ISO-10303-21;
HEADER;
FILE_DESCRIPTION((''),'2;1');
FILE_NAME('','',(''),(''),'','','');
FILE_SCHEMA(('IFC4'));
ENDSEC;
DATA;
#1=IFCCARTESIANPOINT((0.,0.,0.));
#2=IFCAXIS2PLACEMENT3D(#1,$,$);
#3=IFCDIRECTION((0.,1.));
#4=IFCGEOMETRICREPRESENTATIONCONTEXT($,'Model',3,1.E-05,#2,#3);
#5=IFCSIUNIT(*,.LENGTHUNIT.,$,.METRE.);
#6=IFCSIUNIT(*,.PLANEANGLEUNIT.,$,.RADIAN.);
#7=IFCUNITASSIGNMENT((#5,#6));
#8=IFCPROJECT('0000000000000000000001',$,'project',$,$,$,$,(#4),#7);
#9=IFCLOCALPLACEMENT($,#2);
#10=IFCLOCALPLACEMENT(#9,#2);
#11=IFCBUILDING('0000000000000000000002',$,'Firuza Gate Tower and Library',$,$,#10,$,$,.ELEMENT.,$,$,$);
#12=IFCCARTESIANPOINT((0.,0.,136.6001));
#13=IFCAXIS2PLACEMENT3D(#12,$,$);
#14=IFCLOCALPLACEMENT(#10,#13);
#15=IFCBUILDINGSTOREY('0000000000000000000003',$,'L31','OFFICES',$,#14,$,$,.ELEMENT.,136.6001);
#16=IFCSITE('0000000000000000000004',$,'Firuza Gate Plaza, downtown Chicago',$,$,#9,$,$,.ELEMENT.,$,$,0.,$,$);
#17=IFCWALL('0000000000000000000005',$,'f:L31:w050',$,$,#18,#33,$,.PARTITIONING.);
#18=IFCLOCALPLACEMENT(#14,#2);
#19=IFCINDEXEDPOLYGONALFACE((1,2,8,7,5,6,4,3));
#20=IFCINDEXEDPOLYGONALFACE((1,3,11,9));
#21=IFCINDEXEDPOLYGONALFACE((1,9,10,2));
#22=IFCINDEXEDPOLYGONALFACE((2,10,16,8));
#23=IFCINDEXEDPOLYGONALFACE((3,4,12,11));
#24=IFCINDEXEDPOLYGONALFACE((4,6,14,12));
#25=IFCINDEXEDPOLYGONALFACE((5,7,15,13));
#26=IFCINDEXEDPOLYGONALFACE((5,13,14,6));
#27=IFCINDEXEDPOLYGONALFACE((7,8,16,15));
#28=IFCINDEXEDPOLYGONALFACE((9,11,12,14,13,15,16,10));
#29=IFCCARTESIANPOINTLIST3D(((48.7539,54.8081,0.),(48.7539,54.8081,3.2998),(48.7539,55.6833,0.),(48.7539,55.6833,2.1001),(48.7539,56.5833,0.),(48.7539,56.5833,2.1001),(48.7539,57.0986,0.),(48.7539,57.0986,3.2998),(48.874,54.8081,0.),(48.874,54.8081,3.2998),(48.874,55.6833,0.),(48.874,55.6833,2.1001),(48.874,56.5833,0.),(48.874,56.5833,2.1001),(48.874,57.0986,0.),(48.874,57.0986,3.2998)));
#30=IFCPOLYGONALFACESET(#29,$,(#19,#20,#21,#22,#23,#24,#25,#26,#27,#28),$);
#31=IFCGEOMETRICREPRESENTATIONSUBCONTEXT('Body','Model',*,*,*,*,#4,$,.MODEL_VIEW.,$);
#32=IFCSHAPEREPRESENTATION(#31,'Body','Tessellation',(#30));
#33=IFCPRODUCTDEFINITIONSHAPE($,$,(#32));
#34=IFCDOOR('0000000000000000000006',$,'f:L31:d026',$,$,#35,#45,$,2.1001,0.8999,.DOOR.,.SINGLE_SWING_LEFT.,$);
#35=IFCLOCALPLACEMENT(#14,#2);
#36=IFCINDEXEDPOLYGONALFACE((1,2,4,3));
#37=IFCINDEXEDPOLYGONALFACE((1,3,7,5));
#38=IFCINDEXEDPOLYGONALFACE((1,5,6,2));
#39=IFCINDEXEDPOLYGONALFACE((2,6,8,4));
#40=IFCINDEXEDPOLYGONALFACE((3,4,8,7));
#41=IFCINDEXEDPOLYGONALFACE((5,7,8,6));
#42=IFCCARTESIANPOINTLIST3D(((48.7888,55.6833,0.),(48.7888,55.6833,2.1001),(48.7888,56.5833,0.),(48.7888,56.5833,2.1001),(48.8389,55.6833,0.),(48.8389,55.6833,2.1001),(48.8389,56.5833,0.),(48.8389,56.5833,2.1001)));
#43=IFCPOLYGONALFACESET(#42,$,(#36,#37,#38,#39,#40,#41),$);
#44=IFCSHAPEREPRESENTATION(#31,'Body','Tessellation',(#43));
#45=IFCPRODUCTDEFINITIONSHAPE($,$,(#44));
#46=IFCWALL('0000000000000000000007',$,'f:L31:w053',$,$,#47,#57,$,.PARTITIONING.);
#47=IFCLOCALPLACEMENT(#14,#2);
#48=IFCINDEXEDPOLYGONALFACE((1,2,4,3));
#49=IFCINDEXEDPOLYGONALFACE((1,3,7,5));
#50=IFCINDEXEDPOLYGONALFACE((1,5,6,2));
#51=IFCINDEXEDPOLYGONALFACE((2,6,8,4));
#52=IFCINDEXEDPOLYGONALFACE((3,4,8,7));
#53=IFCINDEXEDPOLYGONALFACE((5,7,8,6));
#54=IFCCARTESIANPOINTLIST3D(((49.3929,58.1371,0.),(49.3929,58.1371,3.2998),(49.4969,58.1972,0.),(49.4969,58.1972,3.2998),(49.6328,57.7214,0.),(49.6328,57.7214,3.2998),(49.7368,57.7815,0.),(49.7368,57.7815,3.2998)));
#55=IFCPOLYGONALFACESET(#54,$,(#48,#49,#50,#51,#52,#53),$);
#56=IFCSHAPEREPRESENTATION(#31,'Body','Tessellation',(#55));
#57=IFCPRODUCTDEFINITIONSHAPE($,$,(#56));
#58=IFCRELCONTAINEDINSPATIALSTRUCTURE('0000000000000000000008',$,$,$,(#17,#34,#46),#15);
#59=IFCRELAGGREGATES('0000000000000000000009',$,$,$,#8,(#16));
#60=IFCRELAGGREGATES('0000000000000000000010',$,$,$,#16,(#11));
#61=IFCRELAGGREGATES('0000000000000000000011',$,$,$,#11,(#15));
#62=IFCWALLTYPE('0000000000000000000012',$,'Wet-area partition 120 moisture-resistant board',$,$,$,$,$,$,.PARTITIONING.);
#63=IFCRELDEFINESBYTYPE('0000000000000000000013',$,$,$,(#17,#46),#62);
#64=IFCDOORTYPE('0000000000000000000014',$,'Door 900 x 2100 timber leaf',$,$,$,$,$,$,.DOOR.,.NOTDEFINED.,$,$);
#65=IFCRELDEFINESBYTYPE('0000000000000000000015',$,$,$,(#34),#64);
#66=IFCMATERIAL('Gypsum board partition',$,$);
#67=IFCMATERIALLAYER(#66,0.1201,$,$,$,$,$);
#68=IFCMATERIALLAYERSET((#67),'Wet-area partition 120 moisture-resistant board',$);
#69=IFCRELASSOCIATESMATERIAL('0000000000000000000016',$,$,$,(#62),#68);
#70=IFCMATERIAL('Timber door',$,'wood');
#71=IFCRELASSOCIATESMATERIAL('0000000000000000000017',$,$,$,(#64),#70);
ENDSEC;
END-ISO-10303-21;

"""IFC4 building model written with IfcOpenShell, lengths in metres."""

from ifc_helpers import new_model, si_unit, direction, frame, frame_2d, origin, place, context, subcontext, project, spatial, rectangle, extrude, material, layer, layer_set, type_object, element, fill, save


model = new_model("IFC4")

# Units and contexts
model_context = context("Model", 3, precision=1e-05, world=origin(), true_north=direction((0.0, 1.0)))
body_context = subcontext(model_context, "Body", "Model", "MODEL_VIEW")
ifc_project = project(units=[si_unit("LENGTHUNIT", "METRE"), si_unit("PLANEANGLEUNIT", "RADIAN")], contexts=[model_context])

# Site, building, storey
site_placement = place(None, origin())
site = spatial("IfcSite", under=ifc_project, at=site_placement, Name="Firuza Gate Plaza, downtown Chicago", CompositionType="ELEMENT", RefElevation=0.0)
building_placement = place(site_placement, origin())
building = spatial("IfcBuilding", under=site, at=building_placement, Name="Firuza Gate Tower and Library", CompositionType="ELEMENT")
storey_placement = place(building_placement, frame((0.0, 0.0, 136.6001)))
storey = spatial("IfcBuildingStorey", under=building, at=storey_placement, Name="L31", Description="OFFICES", CompositionType="ELEMENT", Elevation=136.6001)

# Shared definitions
ifc_material_1 = material(Name="Gypsum board partition")
ifc_layer_1 = layer(ifc_material_1, 0.1201)
ifc_layer_set_1 = layer_set([ifc_layer_1], Name="Wet-area partition 120 moisture-resistant board")
wall_type_1 = type_object("IfcWallType", Name="Wet-area partition 120 moisture-resistant board", PredefinedType="PARTITIONING", material=ifc_layer_set_1)

# Shared definitions
ifc_material_2 = material(Name="Timber door", Category="wood")
door_type_1 = type_object("IfcDoorType", Name="Door 900 x 2100 timber leaf", OperationType="NOTDEFINED", PredefinedType="DOOR", material=ifc_material_2)

# Wall, opening, door
wall_1_placement = place(storey_placement, frame((48.814, 57.0986, 0.0), z_axis=(0.0, 0.0, 1.0), x_axis=(0.0, -1.0, 0.0)))
wall_1 = element("IfcWall", 1, at=wall_1_placement, inside=storey, type_object=wall_type_1, Name="f:L31:w050", PredefinedType="PARTITIONING", context=body_context, shape_type="SweptSolid", body=[
    extrude(rectangle(XDim=2.2905, YDim=0.1201, at=frame_2d((1.1453, 0.0))), origin(), (0.0, 0.0, 1.0), 3.2998),
])
opening_1_placement = place(wall_1_placement, frame((0.5154, 0.0, 0.0)))
opening_1 = element("IfcOpeningElement", 2, at=opening_1_placement, cuts=wall_1, PredefinedType="OPENING", context=body_context, shape_type="SweptSolid", body=[
    extrude(rectangle(XDim=0.8999, YDim=2.1001, at=frame_2d((0.45, 1.05))), frame((0.0, 0.0701, 0.0), z_axis=(0.0, -1.0, 0.0), x_axis=(1.0, 0.0, 0.0)), (0.0, 0.0, 1.0), 0.1401),
])
door_1_placement = place(opening_1_placement, origin())
door_1 = element("IfcDoor", 3, at=door_1_placement, inside=storey, type_object=door_type_1, Name="f:L31:d026", OperationType="SINGLE_SWING_LEFT", OverallHeight=2.1001, OverallWidth=0.8999, PredefinedType="DOOR", context=body_context, shape_type="SweptSolid", body=[
    extrude(rectangle(XDim=0.8999, YDim=2.1001, at=frame_2d((0.45, 1.05))), frame((0.0, 0.0249, 0.0), z_axis=(0.0, -1.0, 0.0), x_axis=(1.0, 0.0, 0.0)), (0.0, 0.0, 1.0), 0.05),
])
fill(opening_1, door_1)

# Wall
wall_2_placement = place(storey_placement, frame((49.6848, 57.7515, 0.0), z_axis=(0.0, 0.0, 1.0), x_axis=(-0.499913, 0.866075, 0.0)))
element("IfcWall", 4, at=wall_2_placement, inside=storey, type_object=wall_type_1, Name="f:L31:w053", PredefinedType="PARTITIONING", context=body_context, shape_type="SweptSolid", body=[
    extrude(rectangle(XDim=0.48, YDim=0.1201, at=frame_2d((0.24, 0.0))), origin(), (0.0, 0.0, 1.0), 3.2998),
])

save(model, "model.ifc")
